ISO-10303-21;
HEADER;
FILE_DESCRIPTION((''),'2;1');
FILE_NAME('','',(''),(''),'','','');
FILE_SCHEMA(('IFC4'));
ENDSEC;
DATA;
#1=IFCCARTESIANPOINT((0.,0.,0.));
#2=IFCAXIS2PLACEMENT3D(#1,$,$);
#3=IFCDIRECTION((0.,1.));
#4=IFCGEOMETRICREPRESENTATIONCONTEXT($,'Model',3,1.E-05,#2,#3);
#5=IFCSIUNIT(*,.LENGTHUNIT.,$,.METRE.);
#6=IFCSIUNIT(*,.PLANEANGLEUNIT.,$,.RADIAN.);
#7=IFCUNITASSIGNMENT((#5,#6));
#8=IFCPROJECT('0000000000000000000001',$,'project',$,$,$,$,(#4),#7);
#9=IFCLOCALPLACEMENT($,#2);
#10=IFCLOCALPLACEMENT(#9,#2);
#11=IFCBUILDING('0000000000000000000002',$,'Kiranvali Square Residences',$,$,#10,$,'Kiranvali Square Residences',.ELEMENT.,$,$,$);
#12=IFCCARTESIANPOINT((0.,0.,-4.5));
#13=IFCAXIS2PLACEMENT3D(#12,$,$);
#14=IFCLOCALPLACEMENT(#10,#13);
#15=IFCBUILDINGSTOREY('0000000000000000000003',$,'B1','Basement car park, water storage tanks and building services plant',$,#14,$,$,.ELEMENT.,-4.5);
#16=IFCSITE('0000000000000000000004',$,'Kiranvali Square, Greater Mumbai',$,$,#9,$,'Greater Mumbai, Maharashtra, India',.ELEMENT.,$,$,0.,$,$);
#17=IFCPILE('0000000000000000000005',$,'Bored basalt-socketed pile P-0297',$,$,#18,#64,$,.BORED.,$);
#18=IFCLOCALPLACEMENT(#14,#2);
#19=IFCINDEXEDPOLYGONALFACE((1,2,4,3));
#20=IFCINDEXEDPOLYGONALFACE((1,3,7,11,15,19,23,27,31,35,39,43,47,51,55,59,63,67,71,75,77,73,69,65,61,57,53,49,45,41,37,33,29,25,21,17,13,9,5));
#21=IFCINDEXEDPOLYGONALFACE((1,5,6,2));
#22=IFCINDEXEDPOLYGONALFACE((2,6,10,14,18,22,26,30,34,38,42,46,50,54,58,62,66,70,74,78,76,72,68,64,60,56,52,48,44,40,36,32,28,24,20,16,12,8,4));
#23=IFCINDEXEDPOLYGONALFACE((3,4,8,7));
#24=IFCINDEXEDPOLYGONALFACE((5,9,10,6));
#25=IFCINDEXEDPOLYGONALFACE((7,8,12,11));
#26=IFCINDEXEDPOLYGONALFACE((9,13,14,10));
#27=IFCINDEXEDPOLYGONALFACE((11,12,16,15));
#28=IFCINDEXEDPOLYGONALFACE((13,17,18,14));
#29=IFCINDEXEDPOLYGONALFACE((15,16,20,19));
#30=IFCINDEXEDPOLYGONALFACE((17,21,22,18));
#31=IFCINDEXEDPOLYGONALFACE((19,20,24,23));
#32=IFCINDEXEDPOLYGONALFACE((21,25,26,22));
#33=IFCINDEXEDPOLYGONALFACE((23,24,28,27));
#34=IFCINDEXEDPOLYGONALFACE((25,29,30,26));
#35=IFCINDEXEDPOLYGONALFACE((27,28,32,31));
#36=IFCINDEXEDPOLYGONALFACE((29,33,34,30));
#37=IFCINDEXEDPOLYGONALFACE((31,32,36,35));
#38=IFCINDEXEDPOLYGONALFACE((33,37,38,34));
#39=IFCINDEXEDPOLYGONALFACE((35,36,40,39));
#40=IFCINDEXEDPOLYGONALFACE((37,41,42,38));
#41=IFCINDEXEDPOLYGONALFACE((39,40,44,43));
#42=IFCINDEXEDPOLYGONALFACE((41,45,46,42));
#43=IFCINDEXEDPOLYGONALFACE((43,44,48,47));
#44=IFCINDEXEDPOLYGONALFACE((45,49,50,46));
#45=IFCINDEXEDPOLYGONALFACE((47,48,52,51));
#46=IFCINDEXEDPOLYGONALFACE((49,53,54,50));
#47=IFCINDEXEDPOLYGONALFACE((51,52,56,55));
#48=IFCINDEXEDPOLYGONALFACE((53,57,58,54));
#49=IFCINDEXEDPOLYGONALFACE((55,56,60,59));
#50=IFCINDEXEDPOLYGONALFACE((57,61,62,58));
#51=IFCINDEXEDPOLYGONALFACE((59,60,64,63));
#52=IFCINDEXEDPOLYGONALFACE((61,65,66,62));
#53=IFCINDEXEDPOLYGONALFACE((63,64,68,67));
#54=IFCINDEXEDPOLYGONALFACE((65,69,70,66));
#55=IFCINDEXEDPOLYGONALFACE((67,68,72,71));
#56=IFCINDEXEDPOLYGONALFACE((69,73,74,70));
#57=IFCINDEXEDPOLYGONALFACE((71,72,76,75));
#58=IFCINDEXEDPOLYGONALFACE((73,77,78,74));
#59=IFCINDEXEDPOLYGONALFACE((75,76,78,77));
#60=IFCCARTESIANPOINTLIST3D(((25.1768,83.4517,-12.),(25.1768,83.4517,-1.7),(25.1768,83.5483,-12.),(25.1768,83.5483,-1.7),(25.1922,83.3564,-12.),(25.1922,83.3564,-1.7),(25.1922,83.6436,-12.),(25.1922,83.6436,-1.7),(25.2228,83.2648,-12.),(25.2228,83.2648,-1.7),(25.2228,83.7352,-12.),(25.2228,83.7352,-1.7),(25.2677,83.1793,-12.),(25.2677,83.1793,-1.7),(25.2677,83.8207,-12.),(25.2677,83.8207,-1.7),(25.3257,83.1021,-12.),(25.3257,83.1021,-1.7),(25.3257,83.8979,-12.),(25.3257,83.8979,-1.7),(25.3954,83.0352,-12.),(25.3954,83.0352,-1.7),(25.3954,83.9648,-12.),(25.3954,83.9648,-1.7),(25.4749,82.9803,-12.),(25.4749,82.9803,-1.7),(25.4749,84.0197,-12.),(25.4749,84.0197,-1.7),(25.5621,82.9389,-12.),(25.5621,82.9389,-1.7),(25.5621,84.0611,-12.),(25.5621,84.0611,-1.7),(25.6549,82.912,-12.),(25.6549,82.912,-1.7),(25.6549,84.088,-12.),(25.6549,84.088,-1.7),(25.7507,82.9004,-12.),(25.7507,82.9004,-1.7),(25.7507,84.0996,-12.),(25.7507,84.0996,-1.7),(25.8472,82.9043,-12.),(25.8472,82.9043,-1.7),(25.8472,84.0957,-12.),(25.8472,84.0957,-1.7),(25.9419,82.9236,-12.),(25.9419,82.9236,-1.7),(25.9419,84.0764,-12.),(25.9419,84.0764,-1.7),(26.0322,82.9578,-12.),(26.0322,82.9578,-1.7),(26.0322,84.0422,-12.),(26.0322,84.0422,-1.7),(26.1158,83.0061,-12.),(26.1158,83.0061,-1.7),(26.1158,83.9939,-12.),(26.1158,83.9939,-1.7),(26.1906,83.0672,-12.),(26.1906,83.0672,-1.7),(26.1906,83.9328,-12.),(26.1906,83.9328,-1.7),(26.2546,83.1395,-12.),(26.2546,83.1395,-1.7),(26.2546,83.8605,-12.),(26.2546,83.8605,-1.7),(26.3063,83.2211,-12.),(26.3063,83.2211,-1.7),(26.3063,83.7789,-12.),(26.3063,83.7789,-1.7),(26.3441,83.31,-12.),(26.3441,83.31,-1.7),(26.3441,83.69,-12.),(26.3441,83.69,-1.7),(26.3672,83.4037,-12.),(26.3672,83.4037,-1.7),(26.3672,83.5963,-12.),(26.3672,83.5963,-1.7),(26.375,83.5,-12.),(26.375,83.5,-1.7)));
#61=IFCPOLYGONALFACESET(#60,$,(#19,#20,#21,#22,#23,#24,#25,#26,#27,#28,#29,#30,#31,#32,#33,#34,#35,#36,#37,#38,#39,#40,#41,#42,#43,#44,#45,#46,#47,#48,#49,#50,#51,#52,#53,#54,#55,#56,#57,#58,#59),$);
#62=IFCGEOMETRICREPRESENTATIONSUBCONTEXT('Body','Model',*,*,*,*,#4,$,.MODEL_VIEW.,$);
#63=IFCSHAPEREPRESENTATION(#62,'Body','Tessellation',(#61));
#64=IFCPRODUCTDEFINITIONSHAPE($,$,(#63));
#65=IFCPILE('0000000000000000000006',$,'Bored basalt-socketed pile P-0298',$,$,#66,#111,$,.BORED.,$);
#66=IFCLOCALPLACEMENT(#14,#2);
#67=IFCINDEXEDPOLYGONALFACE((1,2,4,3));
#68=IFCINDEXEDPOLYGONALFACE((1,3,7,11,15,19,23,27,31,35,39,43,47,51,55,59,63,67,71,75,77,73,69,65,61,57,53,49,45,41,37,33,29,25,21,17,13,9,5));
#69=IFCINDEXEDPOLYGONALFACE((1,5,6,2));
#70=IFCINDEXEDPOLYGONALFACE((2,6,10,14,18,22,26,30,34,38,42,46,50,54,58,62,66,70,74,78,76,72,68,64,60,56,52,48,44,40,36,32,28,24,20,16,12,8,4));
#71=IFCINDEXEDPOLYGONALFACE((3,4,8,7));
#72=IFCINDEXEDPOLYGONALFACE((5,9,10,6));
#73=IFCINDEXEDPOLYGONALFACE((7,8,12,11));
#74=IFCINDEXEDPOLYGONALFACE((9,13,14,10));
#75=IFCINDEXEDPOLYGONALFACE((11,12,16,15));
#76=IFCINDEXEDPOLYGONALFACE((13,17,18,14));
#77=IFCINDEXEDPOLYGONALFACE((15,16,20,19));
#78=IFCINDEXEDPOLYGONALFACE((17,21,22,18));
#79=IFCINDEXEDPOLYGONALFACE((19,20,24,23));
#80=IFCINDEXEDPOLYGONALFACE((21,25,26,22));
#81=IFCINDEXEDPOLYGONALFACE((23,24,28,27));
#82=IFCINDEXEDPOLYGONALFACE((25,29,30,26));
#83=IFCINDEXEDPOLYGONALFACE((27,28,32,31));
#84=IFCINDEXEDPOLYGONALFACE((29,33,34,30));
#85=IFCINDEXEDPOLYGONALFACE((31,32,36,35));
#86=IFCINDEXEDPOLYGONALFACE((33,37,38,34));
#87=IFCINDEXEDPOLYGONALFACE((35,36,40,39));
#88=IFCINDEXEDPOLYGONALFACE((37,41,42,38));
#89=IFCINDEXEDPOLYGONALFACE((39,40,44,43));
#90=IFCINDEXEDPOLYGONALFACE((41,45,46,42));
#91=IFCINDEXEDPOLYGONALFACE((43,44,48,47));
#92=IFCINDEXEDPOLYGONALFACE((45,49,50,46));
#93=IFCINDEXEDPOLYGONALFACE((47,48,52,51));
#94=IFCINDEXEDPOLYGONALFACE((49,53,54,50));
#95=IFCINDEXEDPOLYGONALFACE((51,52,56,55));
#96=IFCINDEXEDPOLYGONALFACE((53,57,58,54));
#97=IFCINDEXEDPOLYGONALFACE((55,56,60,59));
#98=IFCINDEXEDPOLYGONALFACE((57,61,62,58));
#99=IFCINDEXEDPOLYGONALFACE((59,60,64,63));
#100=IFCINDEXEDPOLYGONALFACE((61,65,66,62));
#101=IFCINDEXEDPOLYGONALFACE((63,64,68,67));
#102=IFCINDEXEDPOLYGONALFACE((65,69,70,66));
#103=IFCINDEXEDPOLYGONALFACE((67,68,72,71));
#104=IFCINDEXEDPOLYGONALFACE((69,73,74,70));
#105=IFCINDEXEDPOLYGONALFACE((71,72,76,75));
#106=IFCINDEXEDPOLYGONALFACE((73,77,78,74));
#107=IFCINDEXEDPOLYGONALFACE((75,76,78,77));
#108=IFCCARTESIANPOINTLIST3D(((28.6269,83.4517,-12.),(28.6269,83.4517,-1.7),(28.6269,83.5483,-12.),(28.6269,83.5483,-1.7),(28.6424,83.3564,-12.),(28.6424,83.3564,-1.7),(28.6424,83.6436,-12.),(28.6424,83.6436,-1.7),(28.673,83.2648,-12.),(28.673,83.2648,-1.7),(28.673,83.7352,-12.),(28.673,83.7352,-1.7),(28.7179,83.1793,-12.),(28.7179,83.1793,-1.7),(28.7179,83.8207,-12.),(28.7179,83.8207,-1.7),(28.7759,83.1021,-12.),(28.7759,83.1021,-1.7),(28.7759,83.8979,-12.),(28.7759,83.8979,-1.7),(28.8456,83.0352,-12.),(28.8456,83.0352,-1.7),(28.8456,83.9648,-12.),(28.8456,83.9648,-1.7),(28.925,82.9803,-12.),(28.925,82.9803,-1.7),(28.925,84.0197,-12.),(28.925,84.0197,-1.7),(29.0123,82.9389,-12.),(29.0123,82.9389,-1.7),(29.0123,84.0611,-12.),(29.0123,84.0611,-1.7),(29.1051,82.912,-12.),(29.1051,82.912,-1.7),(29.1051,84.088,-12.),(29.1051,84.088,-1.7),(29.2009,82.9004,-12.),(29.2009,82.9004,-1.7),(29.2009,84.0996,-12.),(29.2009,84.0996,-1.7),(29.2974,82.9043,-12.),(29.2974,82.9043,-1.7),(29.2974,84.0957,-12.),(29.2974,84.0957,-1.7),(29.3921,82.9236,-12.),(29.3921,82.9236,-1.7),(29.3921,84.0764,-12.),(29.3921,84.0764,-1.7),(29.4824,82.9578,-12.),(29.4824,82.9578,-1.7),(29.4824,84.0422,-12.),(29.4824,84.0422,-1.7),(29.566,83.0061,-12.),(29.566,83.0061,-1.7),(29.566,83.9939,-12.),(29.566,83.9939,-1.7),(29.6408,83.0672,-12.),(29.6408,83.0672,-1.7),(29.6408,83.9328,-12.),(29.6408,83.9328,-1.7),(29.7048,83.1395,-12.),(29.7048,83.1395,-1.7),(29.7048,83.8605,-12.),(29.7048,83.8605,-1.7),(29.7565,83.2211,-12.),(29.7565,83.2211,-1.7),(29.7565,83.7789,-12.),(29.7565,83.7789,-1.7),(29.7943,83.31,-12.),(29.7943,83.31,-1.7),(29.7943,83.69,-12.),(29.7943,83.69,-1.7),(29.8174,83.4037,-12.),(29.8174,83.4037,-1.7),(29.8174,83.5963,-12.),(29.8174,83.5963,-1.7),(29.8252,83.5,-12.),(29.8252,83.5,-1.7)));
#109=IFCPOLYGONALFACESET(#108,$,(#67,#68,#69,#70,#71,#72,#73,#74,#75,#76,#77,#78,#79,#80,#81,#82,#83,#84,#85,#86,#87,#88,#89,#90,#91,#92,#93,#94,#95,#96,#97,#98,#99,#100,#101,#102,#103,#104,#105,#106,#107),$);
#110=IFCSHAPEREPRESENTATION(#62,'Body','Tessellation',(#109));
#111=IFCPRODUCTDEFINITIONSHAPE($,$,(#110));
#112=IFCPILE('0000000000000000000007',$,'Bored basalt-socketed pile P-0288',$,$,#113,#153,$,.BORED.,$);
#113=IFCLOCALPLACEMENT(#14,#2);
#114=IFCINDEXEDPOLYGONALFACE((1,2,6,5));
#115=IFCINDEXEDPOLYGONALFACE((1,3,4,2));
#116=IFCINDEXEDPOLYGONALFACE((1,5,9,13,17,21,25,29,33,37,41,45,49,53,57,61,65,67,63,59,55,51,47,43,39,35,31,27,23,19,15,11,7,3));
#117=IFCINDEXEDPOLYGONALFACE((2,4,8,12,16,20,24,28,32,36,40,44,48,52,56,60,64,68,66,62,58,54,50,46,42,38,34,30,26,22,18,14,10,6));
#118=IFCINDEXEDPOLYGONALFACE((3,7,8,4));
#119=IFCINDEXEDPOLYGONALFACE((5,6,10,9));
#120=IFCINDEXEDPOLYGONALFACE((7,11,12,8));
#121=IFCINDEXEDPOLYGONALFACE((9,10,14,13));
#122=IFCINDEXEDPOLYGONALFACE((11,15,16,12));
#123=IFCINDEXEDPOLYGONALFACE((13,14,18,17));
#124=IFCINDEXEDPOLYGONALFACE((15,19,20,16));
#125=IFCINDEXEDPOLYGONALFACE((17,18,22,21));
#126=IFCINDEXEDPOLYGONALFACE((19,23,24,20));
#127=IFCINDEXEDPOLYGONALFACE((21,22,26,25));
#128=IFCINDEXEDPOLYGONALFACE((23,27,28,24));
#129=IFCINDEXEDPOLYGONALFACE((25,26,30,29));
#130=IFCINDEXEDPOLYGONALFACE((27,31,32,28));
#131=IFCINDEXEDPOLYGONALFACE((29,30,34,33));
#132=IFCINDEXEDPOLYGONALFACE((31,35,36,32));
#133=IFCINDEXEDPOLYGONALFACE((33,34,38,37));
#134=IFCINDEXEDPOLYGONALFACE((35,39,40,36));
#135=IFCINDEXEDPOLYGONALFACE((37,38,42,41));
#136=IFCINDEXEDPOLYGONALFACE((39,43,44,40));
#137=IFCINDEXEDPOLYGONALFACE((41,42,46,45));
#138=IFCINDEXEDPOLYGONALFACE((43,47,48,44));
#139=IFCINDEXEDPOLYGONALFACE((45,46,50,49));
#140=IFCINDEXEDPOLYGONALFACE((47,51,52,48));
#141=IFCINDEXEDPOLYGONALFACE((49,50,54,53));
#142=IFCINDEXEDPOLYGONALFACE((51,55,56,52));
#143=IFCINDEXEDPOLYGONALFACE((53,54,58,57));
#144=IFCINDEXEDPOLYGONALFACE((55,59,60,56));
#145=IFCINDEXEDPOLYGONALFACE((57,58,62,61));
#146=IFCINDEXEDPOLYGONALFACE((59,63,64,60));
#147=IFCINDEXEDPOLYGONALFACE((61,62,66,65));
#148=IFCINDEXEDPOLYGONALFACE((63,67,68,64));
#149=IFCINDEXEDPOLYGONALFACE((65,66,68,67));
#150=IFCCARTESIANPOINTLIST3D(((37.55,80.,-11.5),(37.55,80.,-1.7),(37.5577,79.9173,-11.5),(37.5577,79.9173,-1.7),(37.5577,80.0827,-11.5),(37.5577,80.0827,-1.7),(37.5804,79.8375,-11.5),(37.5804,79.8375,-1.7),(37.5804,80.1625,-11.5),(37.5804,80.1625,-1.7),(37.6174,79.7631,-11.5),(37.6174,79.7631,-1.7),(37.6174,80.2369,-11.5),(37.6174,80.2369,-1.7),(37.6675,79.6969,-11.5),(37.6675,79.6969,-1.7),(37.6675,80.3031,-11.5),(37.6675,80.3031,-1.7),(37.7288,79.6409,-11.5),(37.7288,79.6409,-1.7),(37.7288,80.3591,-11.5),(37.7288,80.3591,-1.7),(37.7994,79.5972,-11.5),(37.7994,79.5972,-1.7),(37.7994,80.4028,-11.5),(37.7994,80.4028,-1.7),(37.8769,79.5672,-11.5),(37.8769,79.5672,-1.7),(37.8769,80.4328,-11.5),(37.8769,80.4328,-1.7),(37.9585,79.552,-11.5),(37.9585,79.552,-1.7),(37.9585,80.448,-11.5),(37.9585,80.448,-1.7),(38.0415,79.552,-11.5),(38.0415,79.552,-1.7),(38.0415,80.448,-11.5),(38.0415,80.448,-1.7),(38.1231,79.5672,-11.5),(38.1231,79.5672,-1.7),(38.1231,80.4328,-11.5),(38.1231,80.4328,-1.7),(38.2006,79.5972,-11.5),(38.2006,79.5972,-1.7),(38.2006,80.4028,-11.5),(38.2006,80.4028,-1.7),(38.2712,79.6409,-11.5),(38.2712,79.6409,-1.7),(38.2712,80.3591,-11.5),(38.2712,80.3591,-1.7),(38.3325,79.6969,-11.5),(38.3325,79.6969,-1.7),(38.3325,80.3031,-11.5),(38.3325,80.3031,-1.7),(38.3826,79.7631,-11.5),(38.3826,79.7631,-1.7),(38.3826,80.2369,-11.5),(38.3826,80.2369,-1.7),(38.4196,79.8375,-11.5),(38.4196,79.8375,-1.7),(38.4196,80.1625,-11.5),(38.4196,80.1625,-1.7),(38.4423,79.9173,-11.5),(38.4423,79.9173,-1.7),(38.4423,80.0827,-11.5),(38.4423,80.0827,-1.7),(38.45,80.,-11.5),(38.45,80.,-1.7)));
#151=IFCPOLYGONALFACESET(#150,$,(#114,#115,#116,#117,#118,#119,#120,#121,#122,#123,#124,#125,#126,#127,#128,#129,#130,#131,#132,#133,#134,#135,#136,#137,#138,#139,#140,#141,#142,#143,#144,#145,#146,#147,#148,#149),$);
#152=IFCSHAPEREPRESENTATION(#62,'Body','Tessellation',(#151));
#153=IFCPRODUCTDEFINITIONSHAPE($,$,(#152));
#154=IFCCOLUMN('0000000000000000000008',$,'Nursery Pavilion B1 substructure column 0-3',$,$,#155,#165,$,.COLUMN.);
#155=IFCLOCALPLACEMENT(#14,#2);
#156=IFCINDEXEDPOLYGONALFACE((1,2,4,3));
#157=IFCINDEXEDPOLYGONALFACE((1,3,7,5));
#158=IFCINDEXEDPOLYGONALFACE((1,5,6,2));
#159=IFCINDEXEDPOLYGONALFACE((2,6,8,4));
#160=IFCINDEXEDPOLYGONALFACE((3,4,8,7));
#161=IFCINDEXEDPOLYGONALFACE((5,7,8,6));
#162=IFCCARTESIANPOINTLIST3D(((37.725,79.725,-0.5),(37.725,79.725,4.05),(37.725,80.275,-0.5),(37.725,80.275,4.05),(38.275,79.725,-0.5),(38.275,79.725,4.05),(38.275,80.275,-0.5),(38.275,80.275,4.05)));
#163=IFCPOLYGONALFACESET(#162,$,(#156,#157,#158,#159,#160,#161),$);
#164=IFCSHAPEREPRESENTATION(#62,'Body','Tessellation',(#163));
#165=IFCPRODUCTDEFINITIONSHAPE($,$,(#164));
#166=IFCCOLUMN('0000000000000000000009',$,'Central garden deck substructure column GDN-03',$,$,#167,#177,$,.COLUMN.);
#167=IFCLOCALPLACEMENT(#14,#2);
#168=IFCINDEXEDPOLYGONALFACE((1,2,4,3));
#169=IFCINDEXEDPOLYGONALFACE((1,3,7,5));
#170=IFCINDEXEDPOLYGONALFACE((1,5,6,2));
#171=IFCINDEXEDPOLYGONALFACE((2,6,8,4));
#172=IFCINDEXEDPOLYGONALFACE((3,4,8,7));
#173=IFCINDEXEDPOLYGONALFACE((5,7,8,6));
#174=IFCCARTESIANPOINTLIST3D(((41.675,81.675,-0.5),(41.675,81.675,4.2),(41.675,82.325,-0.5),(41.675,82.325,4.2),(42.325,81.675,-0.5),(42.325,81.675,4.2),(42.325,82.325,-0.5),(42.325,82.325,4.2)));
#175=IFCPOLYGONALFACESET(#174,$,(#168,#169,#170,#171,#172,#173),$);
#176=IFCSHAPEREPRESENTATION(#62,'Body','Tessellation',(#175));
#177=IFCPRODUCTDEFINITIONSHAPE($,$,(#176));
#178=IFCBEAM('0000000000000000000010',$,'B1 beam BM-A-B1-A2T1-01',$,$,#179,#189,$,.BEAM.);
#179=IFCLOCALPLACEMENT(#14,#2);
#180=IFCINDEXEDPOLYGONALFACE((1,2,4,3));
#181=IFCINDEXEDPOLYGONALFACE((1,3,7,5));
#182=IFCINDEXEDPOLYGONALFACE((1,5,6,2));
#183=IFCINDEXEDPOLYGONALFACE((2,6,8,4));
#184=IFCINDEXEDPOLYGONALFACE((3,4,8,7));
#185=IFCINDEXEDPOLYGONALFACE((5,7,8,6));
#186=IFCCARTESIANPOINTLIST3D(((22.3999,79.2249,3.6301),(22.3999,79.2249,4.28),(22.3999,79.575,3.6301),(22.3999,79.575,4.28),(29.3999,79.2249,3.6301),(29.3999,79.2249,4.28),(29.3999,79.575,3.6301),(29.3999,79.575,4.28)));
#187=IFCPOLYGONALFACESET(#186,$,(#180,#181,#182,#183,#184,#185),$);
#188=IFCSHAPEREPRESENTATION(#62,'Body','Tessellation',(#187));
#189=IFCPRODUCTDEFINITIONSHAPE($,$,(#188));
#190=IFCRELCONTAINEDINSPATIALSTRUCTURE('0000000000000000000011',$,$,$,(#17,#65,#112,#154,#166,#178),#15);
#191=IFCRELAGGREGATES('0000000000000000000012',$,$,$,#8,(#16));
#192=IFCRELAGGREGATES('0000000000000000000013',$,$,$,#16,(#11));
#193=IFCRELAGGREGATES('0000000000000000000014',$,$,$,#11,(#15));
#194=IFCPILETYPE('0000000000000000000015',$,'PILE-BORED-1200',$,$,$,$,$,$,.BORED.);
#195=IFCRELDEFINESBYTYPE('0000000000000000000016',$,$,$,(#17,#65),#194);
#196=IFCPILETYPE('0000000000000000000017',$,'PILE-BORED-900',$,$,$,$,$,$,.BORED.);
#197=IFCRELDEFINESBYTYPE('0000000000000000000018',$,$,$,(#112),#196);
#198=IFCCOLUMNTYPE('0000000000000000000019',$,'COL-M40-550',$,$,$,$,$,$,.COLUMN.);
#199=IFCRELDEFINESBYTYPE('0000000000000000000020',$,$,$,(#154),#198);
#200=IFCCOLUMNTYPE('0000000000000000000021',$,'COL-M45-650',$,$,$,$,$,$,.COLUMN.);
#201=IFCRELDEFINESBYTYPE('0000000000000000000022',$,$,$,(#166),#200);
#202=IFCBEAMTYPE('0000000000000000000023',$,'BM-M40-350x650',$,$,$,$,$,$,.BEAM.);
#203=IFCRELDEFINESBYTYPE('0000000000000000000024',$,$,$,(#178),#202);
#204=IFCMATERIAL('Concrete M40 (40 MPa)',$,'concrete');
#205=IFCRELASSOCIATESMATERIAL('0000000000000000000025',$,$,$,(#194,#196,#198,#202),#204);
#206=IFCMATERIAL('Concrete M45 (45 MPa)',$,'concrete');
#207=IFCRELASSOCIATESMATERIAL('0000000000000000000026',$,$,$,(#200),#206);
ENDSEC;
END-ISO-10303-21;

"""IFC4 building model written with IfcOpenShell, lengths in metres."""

from ifc_helpers import new_model, si_unit, direction, frame, origin, origin_2d, place, context, subcontext, project, spatial, rectangle, circle, extrude, material, material_profile, profile_set, type_object, element, save


model = new_model("IFC4")

# Units and contexts
model_context = context("Model", 3, precision=1e-05, world=origin(), true_north=direction((0.0, 1.0)))
body_context = subcontext(model_context, "Body", "Model", "MODEL_VIEW")
ifc_project = project(units=[si_unit("LENGTHUNIT", "METRE"), si_unit("PLANEANGLEUNIT", "RADIAN")], contexts=[model_context])

# Site, building, storey
site_placement = place(None, origin())
site = spatial("IfcSite", under=ifc_project, at=site_placement, Name="Kiranvali Square, Greater Mumbai", LongName="Greater Mumbai, Maharashtra, India", CompositionType="ELEMENT", RefElevation=0.0)
building_placement = place(site_placement, origin())
building = spatial("IfcBuilding", under=site, at=building_placement, Name="Kiranvali Square Residences", LongName="Kiranvali Square Residences", CompositionType="ELEMENT")
storey_placement = place(building_placement, frame((0.0, 0.0, -4.5)))
storey = spatial("IfcBuildingStorey", under=building, at=storey_placement, Name="B1", Description="Basement car park, water storage tanks and building services plant", CompositionType="ELEMENT", Elevation=-4.5)

# Shared definitions
ifc_material_1 = material(Name="Concrete M40 (40 MPa)", Category="concrete")

# Piles
ifc_material_profile_1 = material_profile(ifc_material_1, circle(Radius=0.6001, at=origin_2d()), Name="BORED PILE 1200")
ifc_profile_set_1 = profile_set([ifc_material_profile_1], Name="Concrete M40 (40 MPa)")
pile_type_1 = type_object("IfcPileType", Name="PILE-BORED-1200", PredefinedType="BORED", material=ifc_profile_set_1)
for number, where, z_axis, x_axis, name in (
    (1, (25.7749, 83.5, -1.7), (0.0, 0.0, -1.0), (1.0, 0.0, 0.0), "Bored basalt-socketed pile P-0297"),
    (2, (29.2251, 83.5, -1.7), (0.0, 0.0, -1.0), (1.0, 0.0, 0.0), "Bored basalt-socketed pile P-0298"),
):
    element("IfcPile", number, at=place(storey_placement, frame(where, z_axis=z_axis, x_axis=x_axis)), inside=storey, type_object=pile_type_1, Name=name, PredefinedType="BORED", context=body_context, shape_type="SweptSolid", body=[
        extrude(circle(Radius=0.6001, at=origin_2d()), origin(), (0.0, 0.0, 1.0), 10.3),
    ])
ifc_material_profile_2 = material_profile(ifc_material_1, circle(Radius=0.45, at=origin_2d()), Name="BORED PILE 900")
ifc_profile_set_2 = profile_set([ifc_material_profile_2], Name="Concrete M40 (40 MPa)")
pile_type_2 = type_object("IfcPileType", Name="PILE-BORED-900", PredefinedType="BORED", material=ifc_profile_set_2)
pile_1_placement = place(storey_placement, frame((38.0, 80.0, -1.7), z_axis=(0.0, 0.0, -1.0), x_axis=(1.0, 0.0, 0.0)))
element("IfcPile", 3, at=pile_1_placement, inside=storey, type_object=pile_type_2, Name="Bored basalt-socketed pile P-0288", PredefinedType="BORED", context=body_context, shape_type="SweptSolid", body=[
    extrude(circle(Radius=0.45, at=origin_2d()), origin(), (0.0, 0.0, 1.0), 9.8),
])

# Columns
ifc_material_profile_3 = material_profile(ifc_material_1, rectangle(XDim=0.55, YDim=0.55, at=origin_2d()), Name="RC 550x550")
ifc_profile_set_3 = profile_set([ifc_material_profile_3], Name="Concrete M40 (40 MPa)")
column_type_1 = type_object("IfcColumnType", Name="COL-M40-550", PredefinedType="COLUMN", material=ifc_profile_set_3)
column_1_placement = place(storey_placement, frame((38.0, 80.0, -0.5), z_axis=(0.0, 0.0, 1.0), x_axis=(1.0, 0.0, 0.0)))
element("IfcColumn", 4, at=column_1_placement, inside=storey, type_object=column_type_1, Name="Nursery Pavilion B1 substructure column 0-3", PredefinedType="COLUMN", context=body_context, shape_type="SweptSolid", body=[
    extrude(rectangle(XDim=0.55, YDim=0.55, at=origin_2d()), origin(), (0.0, 0.0, 1.0), 4.55),
])
ifc_material_2 = material(Name="Concrete M45 (45 MPa)", Category="concrete")
ifc_material_profile_4 = material_profile(ifc_material_2, rectangle(XDim=0.6499, YDim=0.6499, at=origin_2d()), Name="RC 650x650")
ifc_profile_set_4 = profile_set([ifc_material_profile_4], Name="Concrete M45 (45 MPa)")
column_type_2 = type_object("IfcColumnType", Name="COL-M45-650", PredefinedType="COLUMN", material=ifc_profile_set_4)
column_2_placement = place(storey_placement, frame((42.0, 82.0, -0.5), z_axis=(0.0, 0.0, 1.0), x_axis=(1.0, 0.0, 0.0)))
element("IfcColumn", 5, at=column_2_placement, inside=storey, type_object=column_type_2, Name="Central garden deck substructure column GDN-03", PredefinedType="COLUMN", context=body_context, shape_type="SweptSolid", body=[
    extrude(rectangle(XDim=0.6499, YDim=0.6499, at=origin_2d()), origin(), (0.0, 0.0, 1.0), 4.7),
])

# Beam
ifc_material_profile_5 = material_profile(ifc_material_1, rectangle(XDim=0.3501, YDim=0.6499, at=origin_2d()), Name="RC 350x650")
ifc_profile_set_5 = profile_set([ifc_material_profile_5], Name="Concrete M40 (40 MPa)")
beam_type_1 = type_object("IfcBeamType", Name="BM-M40-350x650", PredefinedType="BEAM", material=ifc_profile_set_5)
beam_1_placement = place(storey_placement, frame((29.3999, 79.3999, 3.9551), z_axis=(-1.0, 0.0, 0.0), x_axis=(0.0, -1.0, 0.0)))
element("IfcBeam", 6, at=beam_1_placement, inside=storey, type_object=beam_type_1, Name="B1 beam BM-A-B1-A2T1-01", PredefinedType="BEAM", context=body_context, shape_type="SweptSolid", body=[
    extrude(rectangle(XDim=0.3501, YDim=0.6499, at=origin_2d()), origin(), (0.0, 0.0, 1.0), 7.0),
])

save(model, "model.ifc")
